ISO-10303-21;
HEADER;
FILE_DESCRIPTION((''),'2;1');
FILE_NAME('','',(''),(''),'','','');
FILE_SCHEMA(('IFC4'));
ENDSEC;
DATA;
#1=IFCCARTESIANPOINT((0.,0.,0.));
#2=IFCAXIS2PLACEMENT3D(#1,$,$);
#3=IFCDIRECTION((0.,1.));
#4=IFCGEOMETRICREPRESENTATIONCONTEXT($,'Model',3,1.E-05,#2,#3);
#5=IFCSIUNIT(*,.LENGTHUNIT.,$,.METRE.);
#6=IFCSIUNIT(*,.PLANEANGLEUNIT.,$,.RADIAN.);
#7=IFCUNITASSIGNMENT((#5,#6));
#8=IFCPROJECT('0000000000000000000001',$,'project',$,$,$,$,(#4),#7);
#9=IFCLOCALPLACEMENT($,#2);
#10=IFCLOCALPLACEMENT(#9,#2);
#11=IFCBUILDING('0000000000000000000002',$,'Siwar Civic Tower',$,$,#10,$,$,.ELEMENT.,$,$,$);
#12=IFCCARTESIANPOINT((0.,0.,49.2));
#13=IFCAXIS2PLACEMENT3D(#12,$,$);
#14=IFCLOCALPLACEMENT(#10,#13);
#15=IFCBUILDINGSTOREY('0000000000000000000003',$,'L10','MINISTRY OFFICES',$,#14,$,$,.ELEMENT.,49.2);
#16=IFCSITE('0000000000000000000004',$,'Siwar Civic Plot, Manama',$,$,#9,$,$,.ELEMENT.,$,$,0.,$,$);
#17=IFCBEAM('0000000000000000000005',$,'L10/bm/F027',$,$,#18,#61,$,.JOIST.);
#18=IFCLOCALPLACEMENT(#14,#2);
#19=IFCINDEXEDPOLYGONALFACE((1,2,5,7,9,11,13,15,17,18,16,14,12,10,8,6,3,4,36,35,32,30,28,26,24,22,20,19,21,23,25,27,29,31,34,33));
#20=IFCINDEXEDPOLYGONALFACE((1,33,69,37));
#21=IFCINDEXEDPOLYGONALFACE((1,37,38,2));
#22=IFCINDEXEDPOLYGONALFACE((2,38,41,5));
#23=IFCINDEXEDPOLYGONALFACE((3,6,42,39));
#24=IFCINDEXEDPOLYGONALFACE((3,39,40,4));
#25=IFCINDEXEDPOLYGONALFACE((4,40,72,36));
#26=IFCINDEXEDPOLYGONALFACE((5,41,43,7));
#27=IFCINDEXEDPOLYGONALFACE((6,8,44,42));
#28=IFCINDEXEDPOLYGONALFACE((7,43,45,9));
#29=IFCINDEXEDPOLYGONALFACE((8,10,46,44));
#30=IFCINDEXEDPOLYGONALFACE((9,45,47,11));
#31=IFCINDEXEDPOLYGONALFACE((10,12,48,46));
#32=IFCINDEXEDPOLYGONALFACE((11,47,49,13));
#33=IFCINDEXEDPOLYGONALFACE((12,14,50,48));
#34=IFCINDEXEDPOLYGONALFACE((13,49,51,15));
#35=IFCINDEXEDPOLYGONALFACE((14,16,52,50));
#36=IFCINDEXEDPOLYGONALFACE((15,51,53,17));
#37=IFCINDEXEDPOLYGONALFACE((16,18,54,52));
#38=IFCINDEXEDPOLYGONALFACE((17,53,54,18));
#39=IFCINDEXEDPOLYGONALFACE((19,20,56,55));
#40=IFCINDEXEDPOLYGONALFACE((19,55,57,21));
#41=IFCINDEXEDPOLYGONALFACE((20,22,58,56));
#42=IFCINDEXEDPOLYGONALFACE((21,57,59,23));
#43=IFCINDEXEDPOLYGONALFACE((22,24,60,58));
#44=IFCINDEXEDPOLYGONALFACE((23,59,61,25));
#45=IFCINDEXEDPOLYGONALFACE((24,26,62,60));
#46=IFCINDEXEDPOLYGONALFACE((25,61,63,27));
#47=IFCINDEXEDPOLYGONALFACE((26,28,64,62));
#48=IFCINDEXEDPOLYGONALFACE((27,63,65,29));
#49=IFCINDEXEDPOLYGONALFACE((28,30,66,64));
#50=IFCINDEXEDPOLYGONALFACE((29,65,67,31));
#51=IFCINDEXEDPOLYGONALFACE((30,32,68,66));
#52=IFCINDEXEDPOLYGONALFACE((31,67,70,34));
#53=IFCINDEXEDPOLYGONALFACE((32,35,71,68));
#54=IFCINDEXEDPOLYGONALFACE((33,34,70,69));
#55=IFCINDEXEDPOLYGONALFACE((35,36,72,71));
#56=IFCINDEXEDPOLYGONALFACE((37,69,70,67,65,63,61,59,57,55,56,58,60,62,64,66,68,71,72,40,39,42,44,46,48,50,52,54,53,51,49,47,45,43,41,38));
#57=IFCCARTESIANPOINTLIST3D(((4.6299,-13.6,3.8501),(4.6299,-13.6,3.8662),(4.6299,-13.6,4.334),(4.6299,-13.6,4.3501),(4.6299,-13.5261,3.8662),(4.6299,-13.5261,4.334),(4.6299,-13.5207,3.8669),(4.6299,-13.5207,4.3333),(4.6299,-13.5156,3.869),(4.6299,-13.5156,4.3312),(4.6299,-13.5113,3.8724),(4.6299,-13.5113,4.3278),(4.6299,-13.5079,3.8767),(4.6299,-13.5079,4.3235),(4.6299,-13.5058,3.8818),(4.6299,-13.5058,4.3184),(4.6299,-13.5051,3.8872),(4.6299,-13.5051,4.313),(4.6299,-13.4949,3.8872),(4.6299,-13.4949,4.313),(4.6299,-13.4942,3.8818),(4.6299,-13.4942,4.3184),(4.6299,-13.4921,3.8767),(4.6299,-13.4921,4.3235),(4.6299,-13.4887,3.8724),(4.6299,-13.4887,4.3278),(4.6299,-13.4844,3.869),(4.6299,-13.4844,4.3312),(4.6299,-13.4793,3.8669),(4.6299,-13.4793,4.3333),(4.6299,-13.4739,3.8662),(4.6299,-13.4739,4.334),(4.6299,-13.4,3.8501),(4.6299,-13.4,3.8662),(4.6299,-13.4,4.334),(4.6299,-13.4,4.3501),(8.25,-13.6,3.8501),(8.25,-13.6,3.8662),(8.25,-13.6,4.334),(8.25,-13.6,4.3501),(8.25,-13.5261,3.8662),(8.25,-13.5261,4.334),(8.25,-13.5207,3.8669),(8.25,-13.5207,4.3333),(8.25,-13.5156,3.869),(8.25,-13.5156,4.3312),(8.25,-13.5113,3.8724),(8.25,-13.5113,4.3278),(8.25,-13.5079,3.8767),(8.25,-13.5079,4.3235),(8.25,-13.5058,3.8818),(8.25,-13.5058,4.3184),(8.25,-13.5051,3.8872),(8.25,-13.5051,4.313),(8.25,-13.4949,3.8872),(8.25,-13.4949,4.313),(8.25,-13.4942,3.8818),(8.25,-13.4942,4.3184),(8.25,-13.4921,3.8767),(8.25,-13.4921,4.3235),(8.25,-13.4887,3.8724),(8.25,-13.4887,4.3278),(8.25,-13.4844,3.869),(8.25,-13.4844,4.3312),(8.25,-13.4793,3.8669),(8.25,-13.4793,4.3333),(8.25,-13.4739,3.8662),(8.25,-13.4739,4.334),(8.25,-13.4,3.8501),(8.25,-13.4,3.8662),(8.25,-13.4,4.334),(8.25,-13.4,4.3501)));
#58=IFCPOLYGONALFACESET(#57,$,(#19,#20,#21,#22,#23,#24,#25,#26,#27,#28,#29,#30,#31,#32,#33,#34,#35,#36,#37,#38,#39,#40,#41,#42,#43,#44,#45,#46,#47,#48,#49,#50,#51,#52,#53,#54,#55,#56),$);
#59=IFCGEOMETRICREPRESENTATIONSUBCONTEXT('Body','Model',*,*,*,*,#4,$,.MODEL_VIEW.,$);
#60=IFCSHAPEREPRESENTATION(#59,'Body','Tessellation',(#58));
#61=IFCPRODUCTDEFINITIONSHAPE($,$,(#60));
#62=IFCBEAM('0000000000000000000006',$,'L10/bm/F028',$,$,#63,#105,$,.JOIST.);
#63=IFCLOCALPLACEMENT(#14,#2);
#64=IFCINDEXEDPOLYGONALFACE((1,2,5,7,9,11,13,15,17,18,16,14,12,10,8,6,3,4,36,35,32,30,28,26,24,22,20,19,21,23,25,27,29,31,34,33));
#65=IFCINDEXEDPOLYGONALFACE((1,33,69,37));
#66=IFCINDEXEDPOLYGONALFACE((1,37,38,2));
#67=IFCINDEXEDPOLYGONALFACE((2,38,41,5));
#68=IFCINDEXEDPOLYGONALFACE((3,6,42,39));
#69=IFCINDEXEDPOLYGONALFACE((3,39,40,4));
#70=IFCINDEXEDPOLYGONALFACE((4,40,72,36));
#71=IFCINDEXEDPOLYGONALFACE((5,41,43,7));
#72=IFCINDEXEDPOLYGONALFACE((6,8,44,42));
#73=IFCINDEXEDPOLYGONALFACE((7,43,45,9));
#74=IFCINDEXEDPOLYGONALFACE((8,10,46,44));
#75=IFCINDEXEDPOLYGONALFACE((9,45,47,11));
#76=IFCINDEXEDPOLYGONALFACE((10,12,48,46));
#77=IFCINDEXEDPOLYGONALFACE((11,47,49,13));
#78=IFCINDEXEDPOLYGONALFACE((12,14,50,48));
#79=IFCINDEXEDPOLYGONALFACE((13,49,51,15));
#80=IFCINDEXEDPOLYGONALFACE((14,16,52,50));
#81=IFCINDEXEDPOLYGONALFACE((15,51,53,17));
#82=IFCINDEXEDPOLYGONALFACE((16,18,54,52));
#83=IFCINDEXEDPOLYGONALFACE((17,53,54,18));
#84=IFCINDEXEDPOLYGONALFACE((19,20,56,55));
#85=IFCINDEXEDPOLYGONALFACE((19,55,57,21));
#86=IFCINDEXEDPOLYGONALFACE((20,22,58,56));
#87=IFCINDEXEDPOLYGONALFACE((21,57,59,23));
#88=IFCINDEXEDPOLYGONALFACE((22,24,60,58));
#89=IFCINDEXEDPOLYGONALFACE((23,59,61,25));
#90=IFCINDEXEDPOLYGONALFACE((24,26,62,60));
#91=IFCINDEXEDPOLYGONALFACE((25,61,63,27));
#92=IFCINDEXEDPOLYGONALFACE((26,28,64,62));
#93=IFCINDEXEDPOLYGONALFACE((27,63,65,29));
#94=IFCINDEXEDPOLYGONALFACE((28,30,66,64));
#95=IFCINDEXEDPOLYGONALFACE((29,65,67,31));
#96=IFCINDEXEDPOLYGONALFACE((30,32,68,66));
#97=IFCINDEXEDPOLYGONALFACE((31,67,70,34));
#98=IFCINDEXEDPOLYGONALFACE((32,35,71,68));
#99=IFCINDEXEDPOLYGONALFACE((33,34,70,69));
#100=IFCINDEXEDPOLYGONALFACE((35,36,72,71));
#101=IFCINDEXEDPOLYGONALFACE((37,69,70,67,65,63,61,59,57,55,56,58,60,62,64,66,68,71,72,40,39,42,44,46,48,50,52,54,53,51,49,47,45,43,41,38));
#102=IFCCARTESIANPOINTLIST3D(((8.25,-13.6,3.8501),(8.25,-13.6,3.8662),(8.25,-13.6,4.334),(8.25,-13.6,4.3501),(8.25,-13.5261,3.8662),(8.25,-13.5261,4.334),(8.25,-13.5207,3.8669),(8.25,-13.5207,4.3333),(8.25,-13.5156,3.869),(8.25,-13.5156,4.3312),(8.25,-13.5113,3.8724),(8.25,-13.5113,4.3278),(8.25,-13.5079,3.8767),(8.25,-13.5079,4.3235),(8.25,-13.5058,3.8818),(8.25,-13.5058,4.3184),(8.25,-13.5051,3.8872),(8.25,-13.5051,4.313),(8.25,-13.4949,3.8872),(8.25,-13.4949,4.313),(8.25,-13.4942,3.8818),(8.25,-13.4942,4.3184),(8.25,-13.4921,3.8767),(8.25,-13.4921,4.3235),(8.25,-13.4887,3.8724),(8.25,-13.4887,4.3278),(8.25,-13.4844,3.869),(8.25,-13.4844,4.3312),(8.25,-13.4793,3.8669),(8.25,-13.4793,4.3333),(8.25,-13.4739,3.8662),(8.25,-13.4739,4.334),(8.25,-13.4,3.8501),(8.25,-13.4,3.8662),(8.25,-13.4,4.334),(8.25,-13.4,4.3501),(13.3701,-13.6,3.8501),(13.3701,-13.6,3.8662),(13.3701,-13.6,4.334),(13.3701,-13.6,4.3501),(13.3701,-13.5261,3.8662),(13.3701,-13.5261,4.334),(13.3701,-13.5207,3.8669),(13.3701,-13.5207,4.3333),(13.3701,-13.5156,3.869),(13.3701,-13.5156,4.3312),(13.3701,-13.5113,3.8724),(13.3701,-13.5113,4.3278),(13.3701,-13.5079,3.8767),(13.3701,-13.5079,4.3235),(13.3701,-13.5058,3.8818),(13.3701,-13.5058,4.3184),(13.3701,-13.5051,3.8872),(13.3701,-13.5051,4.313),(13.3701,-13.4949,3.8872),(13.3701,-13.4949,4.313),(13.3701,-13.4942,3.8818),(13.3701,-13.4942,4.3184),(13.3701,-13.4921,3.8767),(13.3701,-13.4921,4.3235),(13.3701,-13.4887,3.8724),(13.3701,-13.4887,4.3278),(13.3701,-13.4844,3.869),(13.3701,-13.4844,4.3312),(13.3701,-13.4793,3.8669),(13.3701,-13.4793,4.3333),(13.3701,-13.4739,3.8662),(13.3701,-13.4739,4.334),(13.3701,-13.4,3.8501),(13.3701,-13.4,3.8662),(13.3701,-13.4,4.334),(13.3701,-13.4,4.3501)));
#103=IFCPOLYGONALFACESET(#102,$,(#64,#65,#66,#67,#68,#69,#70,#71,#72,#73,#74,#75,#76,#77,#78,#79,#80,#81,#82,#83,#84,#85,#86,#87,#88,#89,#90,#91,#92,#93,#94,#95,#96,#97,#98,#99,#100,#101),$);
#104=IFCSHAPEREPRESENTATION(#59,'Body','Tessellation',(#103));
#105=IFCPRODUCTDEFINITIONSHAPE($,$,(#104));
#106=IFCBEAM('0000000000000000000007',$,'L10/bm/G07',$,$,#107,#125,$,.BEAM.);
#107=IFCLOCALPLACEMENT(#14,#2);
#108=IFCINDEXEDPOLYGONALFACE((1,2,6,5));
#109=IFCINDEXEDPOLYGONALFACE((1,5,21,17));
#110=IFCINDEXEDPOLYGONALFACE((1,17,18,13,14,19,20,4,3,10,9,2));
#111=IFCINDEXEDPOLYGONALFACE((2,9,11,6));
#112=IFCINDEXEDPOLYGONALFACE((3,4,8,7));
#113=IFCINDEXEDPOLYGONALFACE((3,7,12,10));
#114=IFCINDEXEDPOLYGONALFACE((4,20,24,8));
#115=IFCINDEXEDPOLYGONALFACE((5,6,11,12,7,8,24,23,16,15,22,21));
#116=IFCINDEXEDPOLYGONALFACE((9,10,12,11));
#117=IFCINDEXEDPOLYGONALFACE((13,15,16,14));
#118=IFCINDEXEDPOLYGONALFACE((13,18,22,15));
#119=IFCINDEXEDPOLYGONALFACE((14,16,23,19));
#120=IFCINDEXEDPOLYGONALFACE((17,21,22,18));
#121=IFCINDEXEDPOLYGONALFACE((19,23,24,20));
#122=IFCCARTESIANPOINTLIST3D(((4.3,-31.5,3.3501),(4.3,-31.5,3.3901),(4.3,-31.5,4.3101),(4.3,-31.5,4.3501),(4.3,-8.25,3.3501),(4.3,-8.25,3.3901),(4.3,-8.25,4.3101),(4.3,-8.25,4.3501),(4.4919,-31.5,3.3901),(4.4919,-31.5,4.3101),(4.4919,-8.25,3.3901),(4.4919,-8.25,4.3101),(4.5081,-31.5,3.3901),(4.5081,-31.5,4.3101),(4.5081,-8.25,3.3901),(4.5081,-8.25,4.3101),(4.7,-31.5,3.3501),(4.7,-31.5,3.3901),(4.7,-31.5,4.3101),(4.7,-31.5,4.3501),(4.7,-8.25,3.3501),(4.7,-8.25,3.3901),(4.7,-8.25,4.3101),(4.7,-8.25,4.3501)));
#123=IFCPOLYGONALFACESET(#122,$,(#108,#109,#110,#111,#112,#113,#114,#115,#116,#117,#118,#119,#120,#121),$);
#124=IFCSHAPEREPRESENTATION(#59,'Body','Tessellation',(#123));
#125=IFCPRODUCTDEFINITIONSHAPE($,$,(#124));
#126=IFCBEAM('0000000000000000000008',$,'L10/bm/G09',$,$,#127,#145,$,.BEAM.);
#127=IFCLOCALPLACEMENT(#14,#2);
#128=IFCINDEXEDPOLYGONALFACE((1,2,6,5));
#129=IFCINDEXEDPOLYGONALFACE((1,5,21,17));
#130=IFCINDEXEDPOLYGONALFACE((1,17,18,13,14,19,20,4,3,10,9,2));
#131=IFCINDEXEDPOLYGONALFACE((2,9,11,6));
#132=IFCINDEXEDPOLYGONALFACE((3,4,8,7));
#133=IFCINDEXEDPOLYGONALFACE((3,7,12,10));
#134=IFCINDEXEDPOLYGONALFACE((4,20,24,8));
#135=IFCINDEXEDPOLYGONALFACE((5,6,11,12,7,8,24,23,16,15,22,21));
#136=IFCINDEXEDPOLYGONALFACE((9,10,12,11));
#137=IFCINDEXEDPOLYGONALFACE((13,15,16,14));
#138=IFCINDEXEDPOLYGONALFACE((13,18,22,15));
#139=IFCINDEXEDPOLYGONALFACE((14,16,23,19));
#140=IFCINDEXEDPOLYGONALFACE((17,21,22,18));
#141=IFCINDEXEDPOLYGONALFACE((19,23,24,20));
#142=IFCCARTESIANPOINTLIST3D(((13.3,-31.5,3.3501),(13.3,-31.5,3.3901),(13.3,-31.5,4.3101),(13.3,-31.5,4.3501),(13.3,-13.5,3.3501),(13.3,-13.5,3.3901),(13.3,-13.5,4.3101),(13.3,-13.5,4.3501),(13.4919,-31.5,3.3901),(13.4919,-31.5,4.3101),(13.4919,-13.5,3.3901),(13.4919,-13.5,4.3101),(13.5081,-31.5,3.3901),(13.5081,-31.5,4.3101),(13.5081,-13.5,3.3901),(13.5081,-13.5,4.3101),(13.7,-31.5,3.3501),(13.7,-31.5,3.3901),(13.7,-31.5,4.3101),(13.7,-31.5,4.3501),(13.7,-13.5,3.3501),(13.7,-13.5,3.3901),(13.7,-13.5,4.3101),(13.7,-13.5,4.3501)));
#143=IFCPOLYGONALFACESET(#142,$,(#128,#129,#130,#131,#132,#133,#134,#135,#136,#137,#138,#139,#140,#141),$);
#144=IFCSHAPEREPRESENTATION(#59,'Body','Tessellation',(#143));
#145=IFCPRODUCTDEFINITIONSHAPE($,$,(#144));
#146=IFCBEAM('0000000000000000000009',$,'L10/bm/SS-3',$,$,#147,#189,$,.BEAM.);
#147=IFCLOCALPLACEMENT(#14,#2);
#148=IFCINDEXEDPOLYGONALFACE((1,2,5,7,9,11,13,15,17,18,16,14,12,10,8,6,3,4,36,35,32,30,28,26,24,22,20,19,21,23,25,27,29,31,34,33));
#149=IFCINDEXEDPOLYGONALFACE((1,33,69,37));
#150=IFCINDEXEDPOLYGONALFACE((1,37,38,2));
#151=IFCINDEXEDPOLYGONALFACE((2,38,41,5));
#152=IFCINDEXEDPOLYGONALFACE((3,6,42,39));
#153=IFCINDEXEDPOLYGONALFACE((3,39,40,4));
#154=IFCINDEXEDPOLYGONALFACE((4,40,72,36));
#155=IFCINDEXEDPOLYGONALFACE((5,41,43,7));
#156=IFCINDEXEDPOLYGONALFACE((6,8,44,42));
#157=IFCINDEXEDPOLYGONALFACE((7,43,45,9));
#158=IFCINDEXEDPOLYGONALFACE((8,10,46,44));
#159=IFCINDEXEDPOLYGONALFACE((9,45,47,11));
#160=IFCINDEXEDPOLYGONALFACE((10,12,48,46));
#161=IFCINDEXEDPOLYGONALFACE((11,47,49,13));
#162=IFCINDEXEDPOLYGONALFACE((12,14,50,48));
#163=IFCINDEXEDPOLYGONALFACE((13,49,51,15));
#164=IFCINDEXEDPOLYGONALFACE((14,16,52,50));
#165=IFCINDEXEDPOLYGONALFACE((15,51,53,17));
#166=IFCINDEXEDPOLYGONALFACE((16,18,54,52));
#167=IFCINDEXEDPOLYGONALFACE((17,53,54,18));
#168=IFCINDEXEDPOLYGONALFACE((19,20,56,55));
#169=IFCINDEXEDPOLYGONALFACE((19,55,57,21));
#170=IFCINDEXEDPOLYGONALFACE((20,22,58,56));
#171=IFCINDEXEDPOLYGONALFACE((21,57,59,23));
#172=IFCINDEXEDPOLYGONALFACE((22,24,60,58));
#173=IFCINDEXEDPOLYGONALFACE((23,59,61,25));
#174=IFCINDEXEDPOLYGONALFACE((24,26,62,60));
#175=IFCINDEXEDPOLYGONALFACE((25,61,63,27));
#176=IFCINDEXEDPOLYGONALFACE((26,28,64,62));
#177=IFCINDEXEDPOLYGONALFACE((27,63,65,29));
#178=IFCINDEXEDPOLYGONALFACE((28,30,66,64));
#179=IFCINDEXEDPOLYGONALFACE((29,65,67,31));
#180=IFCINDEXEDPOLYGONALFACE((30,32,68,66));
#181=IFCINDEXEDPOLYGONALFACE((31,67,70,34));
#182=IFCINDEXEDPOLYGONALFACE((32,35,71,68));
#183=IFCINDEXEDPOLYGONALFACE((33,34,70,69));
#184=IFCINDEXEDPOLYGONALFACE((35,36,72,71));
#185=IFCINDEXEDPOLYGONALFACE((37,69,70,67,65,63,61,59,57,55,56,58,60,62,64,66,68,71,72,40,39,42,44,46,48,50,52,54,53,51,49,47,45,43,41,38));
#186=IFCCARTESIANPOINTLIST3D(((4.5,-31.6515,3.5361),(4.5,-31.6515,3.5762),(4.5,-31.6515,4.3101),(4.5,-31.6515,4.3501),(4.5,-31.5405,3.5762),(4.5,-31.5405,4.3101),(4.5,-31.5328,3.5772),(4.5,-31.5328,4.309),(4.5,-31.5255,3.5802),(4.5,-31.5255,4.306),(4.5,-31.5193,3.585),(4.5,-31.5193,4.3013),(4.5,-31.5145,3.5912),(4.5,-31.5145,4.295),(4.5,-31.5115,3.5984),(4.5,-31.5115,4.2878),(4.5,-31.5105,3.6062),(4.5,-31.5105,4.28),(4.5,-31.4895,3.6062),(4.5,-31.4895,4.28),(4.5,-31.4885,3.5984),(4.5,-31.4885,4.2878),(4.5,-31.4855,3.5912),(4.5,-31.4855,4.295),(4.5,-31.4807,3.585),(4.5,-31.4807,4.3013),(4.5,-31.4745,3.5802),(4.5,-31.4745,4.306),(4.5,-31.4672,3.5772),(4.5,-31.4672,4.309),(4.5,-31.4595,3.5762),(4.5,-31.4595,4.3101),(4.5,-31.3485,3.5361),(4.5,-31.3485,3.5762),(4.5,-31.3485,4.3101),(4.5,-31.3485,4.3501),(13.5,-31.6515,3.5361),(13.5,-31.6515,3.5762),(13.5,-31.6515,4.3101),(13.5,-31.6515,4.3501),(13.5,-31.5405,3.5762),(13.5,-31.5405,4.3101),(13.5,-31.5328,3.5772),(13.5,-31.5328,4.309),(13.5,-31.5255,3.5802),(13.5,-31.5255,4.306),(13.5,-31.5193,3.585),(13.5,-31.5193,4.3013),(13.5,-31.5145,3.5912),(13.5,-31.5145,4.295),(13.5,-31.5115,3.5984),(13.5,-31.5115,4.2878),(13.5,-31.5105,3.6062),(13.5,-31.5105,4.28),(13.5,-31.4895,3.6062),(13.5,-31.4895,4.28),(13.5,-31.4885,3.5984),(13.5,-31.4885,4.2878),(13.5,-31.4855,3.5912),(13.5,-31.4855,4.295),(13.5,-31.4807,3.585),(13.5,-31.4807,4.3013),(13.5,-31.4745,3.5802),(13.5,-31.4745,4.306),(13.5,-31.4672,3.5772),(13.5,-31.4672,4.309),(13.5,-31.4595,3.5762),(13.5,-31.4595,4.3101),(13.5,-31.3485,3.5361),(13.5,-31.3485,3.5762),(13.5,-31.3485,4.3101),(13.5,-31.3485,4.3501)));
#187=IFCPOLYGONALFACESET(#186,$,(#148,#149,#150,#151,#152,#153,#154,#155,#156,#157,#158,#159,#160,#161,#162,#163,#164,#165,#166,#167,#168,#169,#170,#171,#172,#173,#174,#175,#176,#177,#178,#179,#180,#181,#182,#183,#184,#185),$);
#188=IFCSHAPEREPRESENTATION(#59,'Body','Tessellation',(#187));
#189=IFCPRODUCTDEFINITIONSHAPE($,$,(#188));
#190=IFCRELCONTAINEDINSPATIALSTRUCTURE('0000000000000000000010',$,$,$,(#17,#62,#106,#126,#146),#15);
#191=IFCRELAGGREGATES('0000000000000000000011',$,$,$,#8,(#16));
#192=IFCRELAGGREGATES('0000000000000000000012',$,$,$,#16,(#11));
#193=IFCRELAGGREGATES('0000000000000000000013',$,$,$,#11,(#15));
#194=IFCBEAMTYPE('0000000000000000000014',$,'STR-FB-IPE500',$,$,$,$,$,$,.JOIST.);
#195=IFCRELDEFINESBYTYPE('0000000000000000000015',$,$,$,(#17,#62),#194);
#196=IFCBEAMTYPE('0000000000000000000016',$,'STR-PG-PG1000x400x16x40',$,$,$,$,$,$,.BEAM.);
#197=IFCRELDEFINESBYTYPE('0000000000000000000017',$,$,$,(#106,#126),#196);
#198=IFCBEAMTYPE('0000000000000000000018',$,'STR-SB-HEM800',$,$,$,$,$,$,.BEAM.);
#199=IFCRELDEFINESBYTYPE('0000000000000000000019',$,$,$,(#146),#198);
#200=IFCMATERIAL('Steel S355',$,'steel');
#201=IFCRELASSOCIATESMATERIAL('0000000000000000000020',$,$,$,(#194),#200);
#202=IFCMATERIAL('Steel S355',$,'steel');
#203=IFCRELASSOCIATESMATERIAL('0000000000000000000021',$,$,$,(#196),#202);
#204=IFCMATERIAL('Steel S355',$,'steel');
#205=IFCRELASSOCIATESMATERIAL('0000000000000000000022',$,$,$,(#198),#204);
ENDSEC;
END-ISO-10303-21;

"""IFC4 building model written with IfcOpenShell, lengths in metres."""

from ifc_helpers import new_model, si_unit, direction, frame, origin, origin_2d, place, context, subcontext, project, spatial, i_section, extrude, material, material_profile, profile_set, type_object, element, save


model = new_model("IFC4")

# Units and contexts
model_context = context("Model", 3, precision=1e-05, world=origin(), true_north=direction((0.0, 1.0)))
body_context = subcontext(model_context, "Body", "Model", "MODEL_VIEW")
ifc_project = project(units=[si_unit("LENGTHUNIT", "METRE"), si_unit("PLANEANGLEUNIT", "RADIAN")], contexts=[model_context])

# Site, building, storey
site_placement = place(None, origin())
site = spatial("IfcSite", under=ifc_project, at=site_placement, Name="Siwar Civic Plot, Manama", CompositionType="ELEMENT", RefElevation=0.0)
building_placement = place(site_placement, origin())
building = spatial("IfcBuilding", under=site, at=building_placement, Name="Siwar Civic Tower", CompositionType="ELEMENT")
storey_placement = place(building_placement, frame((0.0, 0.0, 49.2)))
storey = spatial("IfcBuildingStorey", under=building, at=storey_placement, Name="L10", Description="MINISTRY OFFICES", CompositionType="ELEMENT", Elevation=49.2)

# Beams
ifc_material_1 = material(Name="Steel S355", Category="steel")
ifc_material_profile_1 = material_profile(ifc_material_1, i_section(OverallWidth=0.2, OverallDepth=0.5, WebThickness=0.0103, FlangeThickness=0.0161, FilletRadius=0.021, at=origin_2d()), Name="IPE500")
ifc_profile_set_1 = profile_set([ifc_material_profile_1], Name="Steel S355")
beam_type_1 = type_object("IfcBeamType", Name="STR-FB-IPE500", PredefinedType="JOIST", material=ifc_profile_set_1)
beam_1_placement = place(storey_placement, frame((4.6299, -13.5, 4.1001), z_axis=(1.0, 0.0, 0.0), x_axis=(0.0, 1.0, 0.0)))
element("IfcBeam", 1, at=beam_1_placement, inside=storey, type_object=beam_type_1, Name="L10/bm/F027", PredefinedType="JOIST", context=body_context, shape_type="SweptSolid", body=[
    extrude(i_section(OverallWidth=0.2, OverallDepth=0.5, WebThickness=0.0103, FlangeThickness=0.0161, FilletRadius=0.021, at=origin_2d()), origin(), (0.0, 0.0, 1.0), 3.6201),
])
beam_2_placement = place(storey_placement, frame((8.25, -13.5, 4.1001), z_axis=(1.0, 0.0, 0.0), x_axis=(0.0, 1.0, 0.0)))
element("IfcBeam", 2, at=beam_2_placement, inside=storey, type_object=beam_type_1, Name="L10/bm/F028", PredefinedType="JOIST", context=body_context, shape_type="SweptSolid", body=[
    extrude(i_section(OverallWidth=0.2, OverallDepth=0.5, WebThickness=0.0103, FlangeThickness=0.0161, FilletRadius=0.021, at=origin_2d()), origin(), (0.0, 0.0, 1.0), 5.1201),
])
ifc_material_2 = material(Name="Steel S355", Category="steel")
ifc_material_profile_2 = material_profile(ifc_material_2, i_section(OverallWidth=0.3999, OverallDepth=1.0, WebThickness=0.0161, FlangeThickness=0.04, at=origin_2d()), Name="PG1000x400x16x40")
ifc_profile_set_2 = profile_set([ifc_material_profile_2], Name="Steel S355")
beam_type_2 = type_object("IfcBeamType", Name="STR-PG-PG1000x400x16x40", PredefinedType="BEAM", material=ifc_profile_set_2)
beam_3_placement = place(storey_placement, frame((4.5, -31.5, 3.8501), z_axis=(0.0, 1.0, 0.0), x_axis=(-1.0, 0.0, 0.0)))
element("IfcBeam", 3, at=beam_3_placement, inside=storey, type_object=beam_type_2, Name="L10/bm/G07", PredefinedType="BEAM", context=body_context, shape_type="SweptSolid", body=[
    extrude(i_section(OverallWidth=0.3999, OverallDepth=1.0, WebThickness=0.0161, FlangeThickness=0.04, at=origin_2d()), origin(), (0.0, 0.0, 1.0), 23.25),
])
beam_4_placement = place(storey_placement, frame((13.5, -31.5, 3.8501), z_axis=(0.0, 1.0, 0.0), x_axis=(-1.0, 0.0, 0.0)))
element("IfcBeam", 4, at=beam_4_placement, inside=storey, type_object=beam_type_2, Name="L10/bm/G09", PredefinedType="BEAM", context=body_context, shape_type="SweptSolid", body=[
    extrude(i_section(OverallWidth=0.3999, OverallDepth=1.0, WebThickness=0.0161, FlangeThickness=0.04, at=origin_2d()), origin(), (0.0, 0.0, 1.0), 18.0),
])
ifc_material_3 = material(Name="Steel S355", Category="steel")
ifc_material_profile_3 = material_profile(ifc_material_3, i_section(OverallWidth=0.303, OverallDepth=0.814, WebThickness=0.021, FlangeThickness=0.04, FilletRadius=0.03, at=origin_2d()), Name="HEM800")
ifc_profile_set_3 = profile_set([ifc_material_profile_3], Name="Steel S355")
beam_type_3 = type_object("IfcBeamType", Name="STR-SB-HEM800", PredefinedType="BEAM", material=ifc_profile_set_3)
for number, where, z_axis, x_axis, name in (
    (5, (4.5, -31.5, 3.9431), (1.0, 0.0, 0.0), (0.0, 1.0, 0.0), "L10/bm/SS-3"),
):
    element("IfcBeam", number, at=place(storey_placement, frame(where, z_axis=z_axis, x_axis=x_axis)), inside=storey, type_object=beam_type_3, Name=name, PredefinedType="BEAM", context=body_context, shape_type="SweptSolid", body=[
        extrude(i_section(OverallWidth=0.303, OverallDepth=0.814, WebThickness=0.021, FlangeThickness=0.04, FilletRadius=0.03, at=origin_2d()), origin(), (0.0, 0.0, 1.0), 9.0),
    ])

save(model, "model.ifc")
